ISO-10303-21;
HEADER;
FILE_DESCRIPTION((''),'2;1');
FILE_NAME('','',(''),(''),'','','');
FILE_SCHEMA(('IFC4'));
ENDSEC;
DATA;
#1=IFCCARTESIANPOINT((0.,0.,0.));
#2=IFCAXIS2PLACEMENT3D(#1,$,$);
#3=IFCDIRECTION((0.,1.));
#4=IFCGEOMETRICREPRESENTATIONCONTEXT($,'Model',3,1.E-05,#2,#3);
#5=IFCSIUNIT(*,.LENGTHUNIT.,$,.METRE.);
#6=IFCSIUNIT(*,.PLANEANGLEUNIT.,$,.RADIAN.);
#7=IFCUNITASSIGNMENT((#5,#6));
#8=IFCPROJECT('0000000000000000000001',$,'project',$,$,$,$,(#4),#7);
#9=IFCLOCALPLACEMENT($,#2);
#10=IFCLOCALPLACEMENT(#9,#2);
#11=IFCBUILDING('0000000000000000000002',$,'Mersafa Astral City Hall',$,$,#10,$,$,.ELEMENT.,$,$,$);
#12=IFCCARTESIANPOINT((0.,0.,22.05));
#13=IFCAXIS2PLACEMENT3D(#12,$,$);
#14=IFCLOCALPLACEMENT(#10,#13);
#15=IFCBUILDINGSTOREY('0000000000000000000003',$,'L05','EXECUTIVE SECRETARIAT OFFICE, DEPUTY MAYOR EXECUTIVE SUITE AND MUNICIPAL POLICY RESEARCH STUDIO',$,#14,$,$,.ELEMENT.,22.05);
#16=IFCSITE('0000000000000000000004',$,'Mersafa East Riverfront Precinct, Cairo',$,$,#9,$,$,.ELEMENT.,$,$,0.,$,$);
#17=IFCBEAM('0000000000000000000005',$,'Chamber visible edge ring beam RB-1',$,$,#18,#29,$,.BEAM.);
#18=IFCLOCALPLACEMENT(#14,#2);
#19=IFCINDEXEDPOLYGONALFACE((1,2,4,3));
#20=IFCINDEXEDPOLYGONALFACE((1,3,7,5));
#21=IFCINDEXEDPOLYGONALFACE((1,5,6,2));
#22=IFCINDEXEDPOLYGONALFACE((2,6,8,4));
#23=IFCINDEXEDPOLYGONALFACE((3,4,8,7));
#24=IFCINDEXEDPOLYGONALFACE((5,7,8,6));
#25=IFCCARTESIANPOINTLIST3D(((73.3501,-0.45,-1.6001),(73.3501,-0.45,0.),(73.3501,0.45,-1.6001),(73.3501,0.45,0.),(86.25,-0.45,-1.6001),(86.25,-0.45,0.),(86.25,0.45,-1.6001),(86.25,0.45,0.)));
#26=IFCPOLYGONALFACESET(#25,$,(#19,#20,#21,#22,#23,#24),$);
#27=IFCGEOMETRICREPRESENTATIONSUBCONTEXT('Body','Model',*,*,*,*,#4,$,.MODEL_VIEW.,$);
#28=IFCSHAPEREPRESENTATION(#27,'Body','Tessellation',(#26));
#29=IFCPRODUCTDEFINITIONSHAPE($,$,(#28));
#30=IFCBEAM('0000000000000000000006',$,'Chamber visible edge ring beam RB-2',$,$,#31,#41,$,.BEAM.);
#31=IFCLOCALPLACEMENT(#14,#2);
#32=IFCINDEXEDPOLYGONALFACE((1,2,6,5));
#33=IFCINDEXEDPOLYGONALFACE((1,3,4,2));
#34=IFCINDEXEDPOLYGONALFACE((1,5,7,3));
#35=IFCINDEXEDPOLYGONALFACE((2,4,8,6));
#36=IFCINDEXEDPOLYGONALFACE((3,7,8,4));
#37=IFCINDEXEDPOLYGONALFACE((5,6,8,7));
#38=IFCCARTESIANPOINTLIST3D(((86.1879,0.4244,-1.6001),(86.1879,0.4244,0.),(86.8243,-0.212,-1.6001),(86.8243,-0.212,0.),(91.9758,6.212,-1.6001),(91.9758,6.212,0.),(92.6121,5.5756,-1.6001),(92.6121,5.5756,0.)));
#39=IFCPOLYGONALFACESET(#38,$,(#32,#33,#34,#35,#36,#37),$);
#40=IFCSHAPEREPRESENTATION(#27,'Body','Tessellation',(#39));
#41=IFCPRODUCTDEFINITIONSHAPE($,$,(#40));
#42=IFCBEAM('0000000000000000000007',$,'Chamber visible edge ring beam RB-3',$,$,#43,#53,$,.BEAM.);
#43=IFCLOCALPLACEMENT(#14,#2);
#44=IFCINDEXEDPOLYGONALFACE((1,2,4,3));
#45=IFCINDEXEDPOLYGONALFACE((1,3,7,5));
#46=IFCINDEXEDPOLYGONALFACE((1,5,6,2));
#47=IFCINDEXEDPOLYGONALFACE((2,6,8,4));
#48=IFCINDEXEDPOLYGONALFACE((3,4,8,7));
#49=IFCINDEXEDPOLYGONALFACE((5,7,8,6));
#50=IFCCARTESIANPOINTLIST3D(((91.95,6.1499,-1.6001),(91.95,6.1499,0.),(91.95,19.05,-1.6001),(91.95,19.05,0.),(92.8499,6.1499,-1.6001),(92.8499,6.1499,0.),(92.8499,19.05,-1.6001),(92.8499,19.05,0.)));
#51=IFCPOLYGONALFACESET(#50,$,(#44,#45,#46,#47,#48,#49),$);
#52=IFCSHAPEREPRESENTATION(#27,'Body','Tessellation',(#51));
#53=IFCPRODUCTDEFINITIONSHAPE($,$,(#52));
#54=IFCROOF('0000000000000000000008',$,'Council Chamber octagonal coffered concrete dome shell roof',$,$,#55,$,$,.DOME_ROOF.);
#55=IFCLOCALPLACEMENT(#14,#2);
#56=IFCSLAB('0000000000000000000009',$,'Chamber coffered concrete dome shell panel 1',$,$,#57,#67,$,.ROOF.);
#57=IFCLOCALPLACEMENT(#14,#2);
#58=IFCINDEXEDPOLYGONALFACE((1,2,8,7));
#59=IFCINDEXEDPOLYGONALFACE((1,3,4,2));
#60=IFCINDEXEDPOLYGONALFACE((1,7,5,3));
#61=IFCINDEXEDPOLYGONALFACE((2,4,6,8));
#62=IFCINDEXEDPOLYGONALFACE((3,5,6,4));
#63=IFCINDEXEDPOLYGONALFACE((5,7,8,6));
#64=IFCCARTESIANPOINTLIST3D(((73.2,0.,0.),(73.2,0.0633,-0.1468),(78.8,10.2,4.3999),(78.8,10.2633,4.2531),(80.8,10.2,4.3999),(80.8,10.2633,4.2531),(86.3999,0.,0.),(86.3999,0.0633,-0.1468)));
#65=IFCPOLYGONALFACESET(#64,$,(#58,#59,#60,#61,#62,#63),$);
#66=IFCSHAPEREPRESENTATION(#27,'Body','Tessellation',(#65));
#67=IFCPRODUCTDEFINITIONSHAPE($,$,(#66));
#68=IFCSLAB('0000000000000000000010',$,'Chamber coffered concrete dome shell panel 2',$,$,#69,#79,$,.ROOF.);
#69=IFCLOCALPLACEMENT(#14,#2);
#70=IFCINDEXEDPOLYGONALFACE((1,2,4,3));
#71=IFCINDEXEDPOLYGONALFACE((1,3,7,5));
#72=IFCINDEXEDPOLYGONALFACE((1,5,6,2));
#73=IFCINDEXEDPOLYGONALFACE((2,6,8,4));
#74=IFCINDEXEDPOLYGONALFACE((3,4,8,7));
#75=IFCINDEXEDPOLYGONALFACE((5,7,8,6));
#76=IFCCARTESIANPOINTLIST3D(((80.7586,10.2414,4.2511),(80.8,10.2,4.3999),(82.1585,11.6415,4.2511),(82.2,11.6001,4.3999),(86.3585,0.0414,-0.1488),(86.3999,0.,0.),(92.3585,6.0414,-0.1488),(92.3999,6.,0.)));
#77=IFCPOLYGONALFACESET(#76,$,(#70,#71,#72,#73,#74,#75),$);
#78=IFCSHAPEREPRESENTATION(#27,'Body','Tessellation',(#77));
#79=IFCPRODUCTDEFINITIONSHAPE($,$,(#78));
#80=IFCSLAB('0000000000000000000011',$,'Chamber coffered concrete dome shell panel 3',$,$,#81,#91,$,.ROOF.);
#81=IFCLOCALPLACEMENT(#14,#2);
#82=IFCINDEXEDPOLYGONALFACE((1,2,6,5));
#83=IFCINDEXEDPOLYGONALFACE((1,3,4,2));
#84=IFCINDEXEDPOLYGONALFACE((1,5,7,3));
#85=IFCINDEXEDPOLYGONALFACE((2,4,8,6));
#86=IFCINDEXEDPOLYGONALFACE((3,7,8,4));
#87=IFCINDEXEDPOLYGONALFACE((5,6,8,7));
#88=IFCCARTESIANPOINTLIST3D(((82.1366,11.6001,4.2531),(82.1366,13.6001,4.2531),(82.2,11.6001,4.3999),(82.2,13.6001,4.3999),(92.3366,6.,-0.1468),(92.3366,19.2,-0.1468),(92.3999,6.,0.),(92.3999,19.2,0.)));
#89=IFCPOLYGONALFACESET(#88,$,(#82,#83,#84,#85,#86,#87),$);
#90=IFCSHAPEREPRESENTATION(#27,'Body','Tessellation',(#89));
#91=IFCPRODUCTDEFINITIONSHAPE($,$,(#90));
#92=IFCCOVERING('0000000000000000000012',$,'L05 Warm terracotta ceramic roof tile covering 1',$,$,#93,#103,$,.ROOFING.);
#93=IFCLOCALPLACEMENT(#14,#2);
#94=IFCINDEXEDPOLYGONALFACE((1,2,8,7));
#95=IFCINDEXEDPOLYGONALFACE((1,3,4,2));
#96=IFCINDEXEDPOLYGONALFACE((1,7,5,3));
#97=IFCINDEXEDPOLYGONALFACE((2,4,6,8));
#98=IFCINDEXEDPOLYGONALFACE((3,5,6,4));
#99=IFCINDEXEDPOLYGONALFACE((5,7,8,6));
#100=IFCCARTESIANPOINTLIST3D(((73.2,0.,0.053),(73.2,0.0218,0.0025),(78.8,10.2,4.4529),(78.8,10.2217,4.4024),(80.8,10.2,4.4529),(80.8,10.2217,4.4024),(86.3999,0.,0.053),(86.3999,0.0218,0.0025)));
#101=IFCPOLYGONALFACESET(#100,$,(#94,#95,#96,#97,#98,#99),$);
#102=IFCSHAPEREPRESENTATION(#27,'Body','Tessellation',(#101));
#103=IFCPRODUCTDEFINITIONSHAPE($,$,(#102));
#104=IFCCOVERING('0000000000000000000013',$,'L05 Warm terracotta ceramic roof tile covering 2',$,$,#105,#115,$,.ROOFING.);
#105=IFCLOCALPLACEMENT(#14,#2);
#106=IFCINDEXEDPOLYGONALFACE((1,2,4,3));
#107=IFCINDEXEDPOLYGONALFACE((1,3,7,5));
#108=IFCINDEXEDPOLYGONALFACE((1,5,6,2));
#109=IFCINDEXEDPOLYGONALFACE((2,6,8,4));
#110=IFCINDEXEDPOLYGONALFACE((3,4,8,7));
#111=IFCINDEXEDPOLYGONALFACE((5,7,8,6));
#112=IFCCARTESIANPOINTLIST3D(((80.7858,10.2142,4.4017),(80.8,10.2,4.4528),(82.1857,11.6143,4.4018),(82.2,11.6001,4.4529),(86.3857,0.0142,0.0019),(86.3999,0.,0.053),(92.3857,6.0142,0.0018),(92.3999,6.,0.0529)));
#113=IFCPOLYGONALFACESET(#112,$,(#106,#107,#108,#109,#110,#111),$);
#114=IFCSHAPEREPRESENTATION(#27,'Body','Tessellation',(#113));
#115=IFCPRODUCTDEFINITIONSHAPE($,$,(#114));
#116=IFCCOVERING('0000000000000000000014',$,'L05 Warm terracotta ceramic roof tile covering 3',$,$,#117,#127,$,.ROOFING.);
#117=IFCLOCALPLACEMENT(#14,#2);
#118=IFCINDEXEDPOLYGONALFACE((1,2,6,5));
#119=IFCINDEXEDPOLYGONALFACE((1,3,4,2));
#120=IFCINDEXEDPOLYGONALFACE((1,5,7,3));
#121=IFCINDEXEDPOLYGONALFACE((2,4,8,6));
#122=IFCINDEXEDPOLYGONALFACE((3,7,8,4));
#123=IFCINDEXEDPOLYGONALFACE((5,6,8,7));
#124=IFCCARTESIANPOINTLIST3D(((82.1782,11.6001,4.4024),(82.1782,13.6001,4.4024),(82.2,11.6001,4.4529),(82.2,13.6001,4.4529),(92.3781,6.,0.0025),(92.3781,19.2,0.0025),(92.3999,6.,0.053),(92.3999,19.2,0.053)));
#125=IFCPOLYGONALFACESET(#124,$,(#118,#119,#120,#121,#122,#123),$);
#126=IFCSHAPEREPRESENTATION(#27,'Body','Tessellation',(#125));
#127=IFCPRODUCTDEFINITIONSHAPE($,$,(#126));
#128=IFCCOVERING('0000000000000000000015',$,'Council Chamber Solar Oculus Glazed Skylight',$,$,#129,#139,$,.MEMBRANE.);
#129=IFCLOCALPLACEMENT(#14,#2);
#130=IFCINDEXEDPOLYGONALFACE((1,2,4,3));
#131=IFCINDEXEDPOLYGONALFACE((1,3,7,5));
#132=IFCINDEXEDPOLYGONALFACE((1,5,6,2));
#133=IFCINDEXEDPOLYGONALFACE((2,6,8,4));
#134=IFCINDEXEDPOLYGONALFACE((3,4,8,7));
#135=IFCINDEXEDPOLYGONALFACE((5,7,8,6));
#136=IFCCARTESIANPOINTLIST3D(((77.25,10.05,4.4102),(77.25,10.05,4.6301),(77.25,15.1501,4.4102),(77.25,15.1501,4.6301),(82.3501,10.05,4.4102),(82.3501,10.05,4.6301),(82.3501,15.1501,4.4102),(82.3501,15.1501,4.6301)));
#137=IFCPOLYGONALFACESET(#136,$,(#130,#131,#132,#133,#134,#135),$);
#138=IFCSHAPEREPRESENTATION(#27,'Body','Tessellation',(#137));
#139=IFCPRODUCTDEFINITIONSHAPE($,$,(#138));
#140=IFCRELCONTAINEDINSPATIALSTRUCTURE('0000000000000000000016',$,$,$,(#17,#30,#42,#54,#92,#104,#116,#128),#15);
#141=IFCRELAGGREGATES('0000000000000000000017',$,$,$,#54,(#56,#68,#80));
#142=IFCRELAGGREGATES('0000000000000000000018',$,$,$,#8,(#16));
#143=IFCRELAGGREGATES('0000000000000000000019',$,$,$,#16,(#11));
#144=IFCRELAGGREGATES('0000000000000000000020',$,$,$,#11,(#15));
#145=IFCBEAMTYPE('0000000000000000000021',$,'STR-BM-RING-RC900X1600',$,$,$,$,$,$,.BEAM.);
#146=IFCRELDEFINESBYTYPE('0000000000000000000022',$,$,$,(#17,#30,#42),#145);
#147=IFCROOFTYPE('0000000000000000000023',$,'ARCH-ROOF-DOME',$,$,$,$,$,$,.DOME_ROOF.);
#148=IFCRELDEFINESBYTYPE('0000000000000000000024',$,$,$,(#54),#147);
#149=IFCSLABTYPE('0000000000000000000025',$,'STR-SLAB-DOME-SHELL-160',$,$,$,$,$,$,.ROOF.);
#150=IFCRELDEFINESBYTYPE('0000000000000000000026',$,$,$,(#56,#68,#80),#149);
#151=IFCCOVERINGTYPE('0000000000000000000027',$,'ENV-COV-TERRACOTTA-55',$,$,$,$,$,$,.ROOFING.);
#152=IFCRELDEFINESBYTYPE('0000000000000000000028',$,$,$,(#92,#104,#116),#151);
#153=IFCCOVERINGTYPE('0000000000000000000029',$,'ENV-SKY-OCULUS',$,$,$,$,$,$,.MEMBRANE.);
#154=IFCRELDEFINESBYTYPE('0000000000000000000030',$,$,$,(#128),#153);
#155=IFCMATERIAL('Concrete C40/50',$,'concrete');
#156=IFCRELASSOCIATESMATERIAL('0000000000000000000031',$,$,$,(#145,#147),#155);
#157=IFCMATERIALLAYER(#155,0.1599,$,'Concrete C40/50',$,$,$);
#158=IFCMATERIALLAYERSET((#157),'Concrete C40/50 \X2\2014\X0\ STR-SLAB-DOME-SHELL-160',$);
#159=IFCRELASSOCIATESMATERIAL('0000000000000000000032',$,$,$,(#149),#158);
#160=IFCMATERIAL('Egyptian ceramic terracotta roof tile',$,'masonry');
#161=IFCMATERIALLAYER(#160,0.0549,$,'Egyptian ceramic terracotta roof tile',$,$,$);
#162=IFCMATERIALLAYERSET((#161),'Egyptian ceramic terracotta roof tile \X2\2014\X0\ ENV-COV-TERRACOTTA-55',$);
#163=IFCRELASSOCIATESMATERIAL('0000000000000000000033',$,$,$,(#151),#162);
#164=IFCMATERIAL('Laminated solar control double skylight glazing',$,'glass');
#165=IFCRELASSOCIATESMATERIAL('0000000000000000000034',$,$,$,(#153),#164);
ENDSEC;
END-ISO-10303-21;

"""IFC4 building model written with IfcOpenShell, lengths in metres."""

from ifc_helpers import new_model, si_unit, direction, frame, origin, origin_2d, place, context, subcontext, project, spatial, polyline, rectangle, outline, extrude, material, layer, layer_set, material_profile, profile_set, type_object, element, aggregate, save


model = new_model("IFC4")

# Units and contexts
model_context = context("Model", 3, precision=1e-05, world=origin(), true_north=direction((0.0, 1.0)))
body_context = subcontext(model_context, "Body", "Model", "MODEL_VIEW")
ifc_project = project(units=[si_unit("LENGTHUNIT", "METRE"), si_unit("PLANEANGLEUNIT", "RADIAN")], contexts=[model_context])

# Site, building, storey
site_placement = place(None, origin())
site = spatial("IfcSite", under=ifc_project, at=site_placement, Name="Mersafa East Riverfront Precinct, Cairo", CompositionType="ELEMENT", RefElevation=0.0)
building_placement = place(site_placement, origin())
building = spatial("IfcBuilding", under=site, at=building_placement, Name="Mersafa Astral City Hall", CompositionType="ELEMENT")
storey_placement = place(building_placement, frame((0.0, 0.0, 22.05)))
storey = spatial("IfcBuildingStorey", under=building, at=storey_placement, Name="L05", Description="EXECUTIVE SECRETARIAT OFFICE, DEPUTY MAYOR EXECUTIVE SUITE AND MUNICIPAL POLICY RESEARCH STUDIO", CompositionType="ELEMENT", Elevation=22.05)

# Beams
ifc_material_1 = material(Name="Concrete C40/50", Category="concrete")
ifc_material_profile_1 = material_profile(ifc_material_1, rectangle(XDim=0.8999, YDim=1.6001, at=origin_2d()), Name="RC 900x1600")
ifc_profile_set_1 = profile_set([ifc_material_profile_1], Name="Concrete C40/50")
beam_type_1 = type_object("IfcBeamType", Name="STR-BM-RING-RC900X1600", PredefinedType="BEAM", material=ifc_profile_set_1)
beam_1_placement = place(storey_placement, frame((73.3501, 0.0, -0.8), z_axis=(1.0, 0.0, 0.0), x_axis=(0.0, 1.0, 0.0)))
element("IfcBeam", 1, at=beam_1_placement, inside=storey, type_object=beam_type_1, Name="Chamber visible edge ring beam RB-1", PredefinedType="BEAM", context=body_context, shape_type="SweptSolid", body=[
    extrude(rectangle(XDim=0.8999, YDim=1.6001, at=origin_2d()), origin(), (0.0, 0.0, 1.0), 12.8999),
])
beam_2_placement = place(storey_placement, frame((86.5061, 0.1062, -0.8), z_axis=(0.707122, 0.707092, 0.0), x_axis=(-0.707092, 0.707122, 0.0)))
element("IfcBeam", 2, at=beam_2_placement, inside=storey, type_object=beam_type_1, Name="Chamber visible edge ring beam RB-2", PredefinedType="BEAM", context=body_context, shape_type="SweptSolid", body=[
    extrude(rectangle(XDim=0.8999, YDim=1.6001, at=origin_2d()), origin(), (0.0, 0.0, 1.0), 8.1851),
])
beam_3_placement = place(storey_placement, frame((92.3999, 6.1499, -0.8), z_axis=(0.0, 1.0, 0.0), x_axis=(-1.0, 0.0, 0.0)))
element("IfcBeam", 3, at=beam_3_placement, inside=storey, type_object=beam_type_1, Name="Chamber visible edge ring beam RB-3", PredefinedType="BEAM", context=body_context, shape_type="SweptSolid", body=[
    extrude(rectangle(XDim=0.8999, YDim=1.6001, at=origin_2d()), origin(), (0.0, 0.0, 1.0), 12.9001),
])

# Roof, slabs
roof_type = type_object("IfcRoofType", Name="ARCH-ROOF-DOME", PredefinedType="DOME_ROOF", material=ifc_material_1)
roof_placement = place(storey_placement, origin())
roof = element("IfcRoof", 4, at=roof_placement, inside=storey, type_object=roof_type, Name="Council Chamber octagonal coffered concrete dome shell roof", PredefinedType="DOME_ROOF")
ifc_layer_1 = layer(ifc_material_1, 0.1599, Name="Concrete C40/50")
ifc_layer_set_1 = layer_set([ifc_layer_1], Name="Concrete C40/50 — STR-SLAB-DOME-SHELL-160")
slab_type = type_object("IfcSlabType", Name="STR-SLAB-DOME-SHELL-160", PredefinedType="ROOF", material=ifc_layer_set_1)
slab_1_placement = place(storey_placement, frame((73.2, 0.0, 0.0), z_axis=(0.0, -0.396085, 0.918214), x_axis=(1.0, 0.0, 0.0)))
slab_1 = element("IfcSlab", 5, at=slab_1_placement, type_object=slab_type, Name="Chamber coffered concrete dome shell panel 1", PredefinedType="ROOF", context=body_context, shape_type="SweptSolid", body=[
    extrude(outline(polyline([(0.0, 0.0), (13.2, 0.0), (7.6001, 11.1085), (5.6001, 11.1085), (0.0, 0.0)])), origin(), (0.0, 0.0, -1.0), 0.1599),
])
slab_2_placement = place(storey_placement, frame((86.3999, 0.0, 0.0), z_axis=(0.259111, -0.259102, 0.930445), x_axis=(0.707105, 0.707108, -0.000006)))
slab_2 = element("IfcSlab", 6, at=slab_2_placement, type_object=slab_type, Name="Chamber coffered concrete dome shell panel 2", PredefinedType="ROOF", context=body_context, shape_type="SweptSolid", body=[
    extrude(outline(polyline([(0.0, 0.0), (8.4853, 0.0), (5.2327, 12.0075), (3.2528, 12.0073), (0.0, 0.0)])), origin(), (0.0, 0.0, -1.0), 0.1599),
])
slab_3_placement = place(storey_placement, frame((92.3999, 6.0, 0.0), z_axis=(0.396085, 0.0, 0.918214), x_axis=(0.0, 1.0, 0.0)))
slab_3 = element("IfcSlab", 7, at=slab_3_placement, type_object=slab_type, Name="Chamber coffered concrete dome shell panel 3", PredefinedType="ROOF", context=body_context, shape_type="SweptSolid", body=[
    extrude(outline(polyline([(0.0, 0.0), (13.2, 0.0), (7.6001, 11.1085), (5.6001, 11.1085), (0.0, 0.0)])), origin(), (0.0, 0.0, -1.0), 0.1599),
])
aggregate(roof, [slab_1, slab_2, slab_3])

# Coverings
ifc_material_2 = material(Name="Egyptian ceramic terracotta roof tile", Category="masonry")
ifc_layer_2 = layer(ifc_material_2, 0.0549, Name="Egyptian ceramic terracotta roof tile")
ifc_layer_set_2 = layer_set([ifc_layer_2], Name="Egyptian ceramic terracotta roof tile — ENV-COV-TERRACOTTA-55")
covering_type_1 = type_object("IfcCoveringType", Name="ENV-COV-TERRACOTTA-55", PredefinedType="ROOFING", material=ifc_layer_set_2)
covering_1_placement = place(storey_placement, frame((73.2, 0.0, 0.053), z_axis=(0.0, -0.396085, 0.918214), x_axis=(1.0, 0.0, 0.0)))
element("IfcCovering", 8, at=covering_1_placement, inside=storey, type_object=covering_type_1, Name="L05 Warm terracotta ceramic roof tile covering 1", PredefinedType="ROOFING", context=body_context, shape_type="SweptSolid", body=[
    extrude(outline(polyline([(0.0, 0.0), (13.2, 0.0), (7.6001, 11.1085), (5.6001, 11.1085), (0.0, 0.0)])), origin(), (0.0, 0.0, -1.0), 0.0549),
])
covering_2_placement = place(storey_placement, frame((86.3999, 0.0, 0.053), z_axis=(0.259111, -0.259102, 0.930445), x_axis=(0.707105, 0.707108, -0.000006)))
element("IfcCovering", 9, at=covering_2_placement, inside=storey, type_object=covering_type_1, Name="L05 Warm terracotta ceramic roof tile covering 2", PredefinedType="ROOFING", context=body_context, shape_type="SweptSolid", body=[
    extrude(outline(polyline([(0.0, 0.0), (8.4853, 0.0), (5.2327, 12.0075), (3.2528, 12.0073), (0.0, 0.0)])), origin(), (0.0, 0.0, -1.0), 0.0549),
])
covering_3_placement = place(storey_placement, frame((92.3999, 6.0, 0.053), z_axis=(0.396085, 0.0, 0.918214), x_axis=(0.0, 1.0, 0.0)))
element("IfcCovering", 10, at=covering_3_placement, inside=storey, type_object=covering_type_1, Name="L05 Warm terracotta ceramic roof tile covering 3", PredefinedType="ROOFING", context=body_context, shape_type="SweptSolid", body=[
    extrude(outline(polyline([(0.0, 0.0), (13.2, 0.0), (7.6001, 11.1085), (5.6001, 11.1085), (0.0, 0.0)])), origin(), (0.0, 0.0, -1.0), 0.0549),
])
ifc_material_3 = material(Name="Laminated solar control double skylight glazing", Category="glass")
covering_type_2 = type_object("IfcCoveringType", Name="ENV-SKY-OCULUS", PredefinedType="MEMBRANE", material=ifc_material_3)
covering_4_placement = place(storey_placement, frame((79.8, 12.6001, 4.4102), z_axis=(0.0, 0.0, 1.0), x_axis=(1.0, 0.0, 0.0)))
element("IfcCovering", 11, at=covering_4_placement, inside=storey, type_object=covering_type_2, Name="Council Chamber Solar Oculus Glazed Skylight", PredefinedType="MEMBRANE", context=body_context, shape_type="SweptSolid", body=[
    extrude(rectangle(XDim=5.1001, YDim=5.1001, at=origin_2d()), origin(), (0.0, 0.0, 1.0), 0.22),
])

save(model, "model.ifc")
